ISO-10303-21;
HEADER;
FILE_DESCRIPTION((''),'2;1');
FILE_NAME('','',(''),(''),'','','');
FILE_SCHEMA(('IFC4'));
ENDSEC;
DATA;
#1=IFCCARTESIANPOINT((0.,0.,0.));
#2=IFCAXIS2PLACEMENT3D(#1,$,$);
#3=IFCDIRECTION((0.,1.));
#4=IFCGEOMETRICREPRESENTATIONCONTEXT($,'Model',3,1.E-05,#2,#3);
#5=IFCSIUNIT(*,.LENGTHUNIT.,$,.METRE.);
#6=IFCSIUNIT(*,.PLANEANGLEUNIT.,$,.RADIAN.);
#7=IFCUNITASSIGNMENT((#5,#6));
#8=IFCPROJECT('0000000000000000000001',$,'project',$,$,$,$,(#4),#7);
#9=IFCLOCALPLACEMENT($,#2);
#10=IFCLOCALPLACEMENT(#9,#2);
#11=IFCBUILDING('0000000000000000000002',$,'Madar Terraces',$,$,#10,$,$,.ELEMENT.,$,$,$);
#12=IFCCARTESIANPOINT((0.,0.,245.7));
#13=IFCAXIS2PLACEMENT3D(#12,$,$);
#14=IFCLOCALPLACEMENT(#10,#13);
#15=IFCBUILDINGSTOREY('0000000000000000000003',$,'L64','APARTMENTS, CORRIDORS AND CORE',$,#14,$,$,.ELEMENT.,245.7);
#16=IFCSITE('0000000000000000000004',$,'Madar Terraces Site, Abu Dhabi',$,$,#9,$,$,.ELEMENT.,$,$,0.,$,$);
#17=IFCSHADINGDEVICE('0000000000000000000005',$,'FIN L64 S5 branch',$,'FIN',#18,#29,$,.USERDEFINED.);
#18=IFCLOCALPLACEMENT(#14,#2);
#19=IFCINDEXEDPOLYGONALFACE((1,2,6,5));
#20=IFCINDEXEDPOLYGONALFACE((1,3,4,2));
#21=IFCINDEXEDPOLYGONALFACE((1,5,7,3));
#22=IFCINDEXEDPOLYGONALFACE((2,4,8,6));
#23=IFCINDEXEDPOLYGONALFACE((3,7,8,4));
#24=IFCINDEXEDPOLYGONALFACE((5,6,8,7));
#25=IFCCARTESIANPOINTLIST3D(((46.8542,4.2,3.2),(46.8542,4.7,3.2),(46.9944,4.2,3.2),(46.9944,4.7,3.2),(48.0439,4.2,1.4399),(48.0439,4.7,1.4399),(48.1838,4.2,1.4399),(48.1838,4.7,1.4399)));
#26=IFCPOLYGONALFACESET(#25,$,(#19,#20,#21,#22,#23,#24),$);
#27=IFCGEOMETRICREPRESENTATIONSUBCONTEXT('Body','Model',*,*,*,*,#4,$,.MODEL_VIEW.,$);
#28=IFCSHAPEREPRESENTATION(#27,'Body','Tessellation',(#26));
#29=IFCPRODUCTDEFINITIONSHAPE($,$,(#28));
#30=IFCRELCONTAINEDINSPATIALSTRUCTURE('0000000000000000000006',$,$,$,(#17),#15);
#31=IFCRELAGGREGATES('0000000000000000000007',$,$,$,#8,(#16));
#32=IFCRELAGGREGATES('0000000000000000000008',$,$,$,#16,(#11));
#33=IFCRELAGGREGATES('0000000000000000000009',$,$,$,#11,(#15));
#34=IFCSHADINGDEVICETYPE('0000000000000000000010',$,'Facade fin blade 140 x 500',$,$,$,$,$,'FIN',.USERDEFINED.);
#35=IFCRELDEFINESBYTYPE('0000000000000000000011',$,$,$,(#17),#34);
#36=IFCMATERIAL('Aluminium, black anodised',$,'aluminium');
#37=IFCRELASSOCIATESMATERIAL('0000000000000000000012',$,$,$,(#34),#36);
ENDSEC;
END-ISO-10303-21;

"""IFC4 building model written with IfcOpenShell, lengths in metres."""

from ifc_helpers import new_model, si_unit, direction, frame, origin, place, context, subcontext, project, spatial, polyline, outline, extrude, material, type_object, element, save


model = new_model("IFC4")

# Units and contexts
model_context = context("Model", 3, precision=1e-05, world=origin(), true_north=direction((0.0, 1.0)))
body_context = subcontext(model_context, "Body", "Model", "MODEL_VIEW")
ifc_project = project(units=[si_unit("LENGTHUNIT", "METRE"), si_unit("PLANEANGLEUNIT", "RADIAN")], contexts=[model_context])

# Site, building, storey
site_placement = place(None, origin())
site = spatial("IfcSite", under=ifc_project, at=site_placement, Name="Madar Terraces Site, Abu Dhabi", CompositionType="ELEMENT", RefElevation=0.0)
building_placement = place(site_placement, origin())
building = spatial("IfcBuilding", under=site, at=building_placement, Name="Madar Terraces", CompositionType="ELEMENT")
storey_placement = place(building_placement, frame((0.0, 0.0, 245.7)))
storey = spatial("IfcBuildingStorey", under=building, at=storey_placement, Name="L64", Description="APARTMENTS, CORRIDORS AND CORE", CompositionType="ELEMENT", Elevation=245.7)

# Shading device
ifc_material_1 = material(Name="Aluminium, black anodised", Category="aluminium")
shading_device_type = type_object("IfcShadingDeviceType", Name="Facade fin blade 140 x 500", ElementType="FIN", PredefinedType="USERDEFINED", material=ifc_material_1)
shading_device_1_placement = place(storey_placement, frame((48.0439, 4.45, 1.4399), z_axis=(0.0, 0.0, 1.0), x_axis=(1.0, 0.0, 0.0)))
element("IfcShadingDevice", 1, at=shading_device_1_placement, inside=storey, type_object=shading_device_type, Name="FIN L64 S5 branch", ObjectType="FIN", PredefinedType="USERDEFINED", context=body_context, shape_type="SweptSolid", body=[
    extrude(outline(polyline([(0.0, 0.0), (0.1399, 0.0), (-1.0496, 1.76), (-1.1897, 1.76), (0.0, 0.0)])), frame((0.0, 0.25, 0.0), z_axis=(0.0, -1.0, 0.0), x_axis=(1.0, 0.0, 0.0)), (0.0, 0.0, 1.0), 0.5),
])

save(model, "model.ifc")
